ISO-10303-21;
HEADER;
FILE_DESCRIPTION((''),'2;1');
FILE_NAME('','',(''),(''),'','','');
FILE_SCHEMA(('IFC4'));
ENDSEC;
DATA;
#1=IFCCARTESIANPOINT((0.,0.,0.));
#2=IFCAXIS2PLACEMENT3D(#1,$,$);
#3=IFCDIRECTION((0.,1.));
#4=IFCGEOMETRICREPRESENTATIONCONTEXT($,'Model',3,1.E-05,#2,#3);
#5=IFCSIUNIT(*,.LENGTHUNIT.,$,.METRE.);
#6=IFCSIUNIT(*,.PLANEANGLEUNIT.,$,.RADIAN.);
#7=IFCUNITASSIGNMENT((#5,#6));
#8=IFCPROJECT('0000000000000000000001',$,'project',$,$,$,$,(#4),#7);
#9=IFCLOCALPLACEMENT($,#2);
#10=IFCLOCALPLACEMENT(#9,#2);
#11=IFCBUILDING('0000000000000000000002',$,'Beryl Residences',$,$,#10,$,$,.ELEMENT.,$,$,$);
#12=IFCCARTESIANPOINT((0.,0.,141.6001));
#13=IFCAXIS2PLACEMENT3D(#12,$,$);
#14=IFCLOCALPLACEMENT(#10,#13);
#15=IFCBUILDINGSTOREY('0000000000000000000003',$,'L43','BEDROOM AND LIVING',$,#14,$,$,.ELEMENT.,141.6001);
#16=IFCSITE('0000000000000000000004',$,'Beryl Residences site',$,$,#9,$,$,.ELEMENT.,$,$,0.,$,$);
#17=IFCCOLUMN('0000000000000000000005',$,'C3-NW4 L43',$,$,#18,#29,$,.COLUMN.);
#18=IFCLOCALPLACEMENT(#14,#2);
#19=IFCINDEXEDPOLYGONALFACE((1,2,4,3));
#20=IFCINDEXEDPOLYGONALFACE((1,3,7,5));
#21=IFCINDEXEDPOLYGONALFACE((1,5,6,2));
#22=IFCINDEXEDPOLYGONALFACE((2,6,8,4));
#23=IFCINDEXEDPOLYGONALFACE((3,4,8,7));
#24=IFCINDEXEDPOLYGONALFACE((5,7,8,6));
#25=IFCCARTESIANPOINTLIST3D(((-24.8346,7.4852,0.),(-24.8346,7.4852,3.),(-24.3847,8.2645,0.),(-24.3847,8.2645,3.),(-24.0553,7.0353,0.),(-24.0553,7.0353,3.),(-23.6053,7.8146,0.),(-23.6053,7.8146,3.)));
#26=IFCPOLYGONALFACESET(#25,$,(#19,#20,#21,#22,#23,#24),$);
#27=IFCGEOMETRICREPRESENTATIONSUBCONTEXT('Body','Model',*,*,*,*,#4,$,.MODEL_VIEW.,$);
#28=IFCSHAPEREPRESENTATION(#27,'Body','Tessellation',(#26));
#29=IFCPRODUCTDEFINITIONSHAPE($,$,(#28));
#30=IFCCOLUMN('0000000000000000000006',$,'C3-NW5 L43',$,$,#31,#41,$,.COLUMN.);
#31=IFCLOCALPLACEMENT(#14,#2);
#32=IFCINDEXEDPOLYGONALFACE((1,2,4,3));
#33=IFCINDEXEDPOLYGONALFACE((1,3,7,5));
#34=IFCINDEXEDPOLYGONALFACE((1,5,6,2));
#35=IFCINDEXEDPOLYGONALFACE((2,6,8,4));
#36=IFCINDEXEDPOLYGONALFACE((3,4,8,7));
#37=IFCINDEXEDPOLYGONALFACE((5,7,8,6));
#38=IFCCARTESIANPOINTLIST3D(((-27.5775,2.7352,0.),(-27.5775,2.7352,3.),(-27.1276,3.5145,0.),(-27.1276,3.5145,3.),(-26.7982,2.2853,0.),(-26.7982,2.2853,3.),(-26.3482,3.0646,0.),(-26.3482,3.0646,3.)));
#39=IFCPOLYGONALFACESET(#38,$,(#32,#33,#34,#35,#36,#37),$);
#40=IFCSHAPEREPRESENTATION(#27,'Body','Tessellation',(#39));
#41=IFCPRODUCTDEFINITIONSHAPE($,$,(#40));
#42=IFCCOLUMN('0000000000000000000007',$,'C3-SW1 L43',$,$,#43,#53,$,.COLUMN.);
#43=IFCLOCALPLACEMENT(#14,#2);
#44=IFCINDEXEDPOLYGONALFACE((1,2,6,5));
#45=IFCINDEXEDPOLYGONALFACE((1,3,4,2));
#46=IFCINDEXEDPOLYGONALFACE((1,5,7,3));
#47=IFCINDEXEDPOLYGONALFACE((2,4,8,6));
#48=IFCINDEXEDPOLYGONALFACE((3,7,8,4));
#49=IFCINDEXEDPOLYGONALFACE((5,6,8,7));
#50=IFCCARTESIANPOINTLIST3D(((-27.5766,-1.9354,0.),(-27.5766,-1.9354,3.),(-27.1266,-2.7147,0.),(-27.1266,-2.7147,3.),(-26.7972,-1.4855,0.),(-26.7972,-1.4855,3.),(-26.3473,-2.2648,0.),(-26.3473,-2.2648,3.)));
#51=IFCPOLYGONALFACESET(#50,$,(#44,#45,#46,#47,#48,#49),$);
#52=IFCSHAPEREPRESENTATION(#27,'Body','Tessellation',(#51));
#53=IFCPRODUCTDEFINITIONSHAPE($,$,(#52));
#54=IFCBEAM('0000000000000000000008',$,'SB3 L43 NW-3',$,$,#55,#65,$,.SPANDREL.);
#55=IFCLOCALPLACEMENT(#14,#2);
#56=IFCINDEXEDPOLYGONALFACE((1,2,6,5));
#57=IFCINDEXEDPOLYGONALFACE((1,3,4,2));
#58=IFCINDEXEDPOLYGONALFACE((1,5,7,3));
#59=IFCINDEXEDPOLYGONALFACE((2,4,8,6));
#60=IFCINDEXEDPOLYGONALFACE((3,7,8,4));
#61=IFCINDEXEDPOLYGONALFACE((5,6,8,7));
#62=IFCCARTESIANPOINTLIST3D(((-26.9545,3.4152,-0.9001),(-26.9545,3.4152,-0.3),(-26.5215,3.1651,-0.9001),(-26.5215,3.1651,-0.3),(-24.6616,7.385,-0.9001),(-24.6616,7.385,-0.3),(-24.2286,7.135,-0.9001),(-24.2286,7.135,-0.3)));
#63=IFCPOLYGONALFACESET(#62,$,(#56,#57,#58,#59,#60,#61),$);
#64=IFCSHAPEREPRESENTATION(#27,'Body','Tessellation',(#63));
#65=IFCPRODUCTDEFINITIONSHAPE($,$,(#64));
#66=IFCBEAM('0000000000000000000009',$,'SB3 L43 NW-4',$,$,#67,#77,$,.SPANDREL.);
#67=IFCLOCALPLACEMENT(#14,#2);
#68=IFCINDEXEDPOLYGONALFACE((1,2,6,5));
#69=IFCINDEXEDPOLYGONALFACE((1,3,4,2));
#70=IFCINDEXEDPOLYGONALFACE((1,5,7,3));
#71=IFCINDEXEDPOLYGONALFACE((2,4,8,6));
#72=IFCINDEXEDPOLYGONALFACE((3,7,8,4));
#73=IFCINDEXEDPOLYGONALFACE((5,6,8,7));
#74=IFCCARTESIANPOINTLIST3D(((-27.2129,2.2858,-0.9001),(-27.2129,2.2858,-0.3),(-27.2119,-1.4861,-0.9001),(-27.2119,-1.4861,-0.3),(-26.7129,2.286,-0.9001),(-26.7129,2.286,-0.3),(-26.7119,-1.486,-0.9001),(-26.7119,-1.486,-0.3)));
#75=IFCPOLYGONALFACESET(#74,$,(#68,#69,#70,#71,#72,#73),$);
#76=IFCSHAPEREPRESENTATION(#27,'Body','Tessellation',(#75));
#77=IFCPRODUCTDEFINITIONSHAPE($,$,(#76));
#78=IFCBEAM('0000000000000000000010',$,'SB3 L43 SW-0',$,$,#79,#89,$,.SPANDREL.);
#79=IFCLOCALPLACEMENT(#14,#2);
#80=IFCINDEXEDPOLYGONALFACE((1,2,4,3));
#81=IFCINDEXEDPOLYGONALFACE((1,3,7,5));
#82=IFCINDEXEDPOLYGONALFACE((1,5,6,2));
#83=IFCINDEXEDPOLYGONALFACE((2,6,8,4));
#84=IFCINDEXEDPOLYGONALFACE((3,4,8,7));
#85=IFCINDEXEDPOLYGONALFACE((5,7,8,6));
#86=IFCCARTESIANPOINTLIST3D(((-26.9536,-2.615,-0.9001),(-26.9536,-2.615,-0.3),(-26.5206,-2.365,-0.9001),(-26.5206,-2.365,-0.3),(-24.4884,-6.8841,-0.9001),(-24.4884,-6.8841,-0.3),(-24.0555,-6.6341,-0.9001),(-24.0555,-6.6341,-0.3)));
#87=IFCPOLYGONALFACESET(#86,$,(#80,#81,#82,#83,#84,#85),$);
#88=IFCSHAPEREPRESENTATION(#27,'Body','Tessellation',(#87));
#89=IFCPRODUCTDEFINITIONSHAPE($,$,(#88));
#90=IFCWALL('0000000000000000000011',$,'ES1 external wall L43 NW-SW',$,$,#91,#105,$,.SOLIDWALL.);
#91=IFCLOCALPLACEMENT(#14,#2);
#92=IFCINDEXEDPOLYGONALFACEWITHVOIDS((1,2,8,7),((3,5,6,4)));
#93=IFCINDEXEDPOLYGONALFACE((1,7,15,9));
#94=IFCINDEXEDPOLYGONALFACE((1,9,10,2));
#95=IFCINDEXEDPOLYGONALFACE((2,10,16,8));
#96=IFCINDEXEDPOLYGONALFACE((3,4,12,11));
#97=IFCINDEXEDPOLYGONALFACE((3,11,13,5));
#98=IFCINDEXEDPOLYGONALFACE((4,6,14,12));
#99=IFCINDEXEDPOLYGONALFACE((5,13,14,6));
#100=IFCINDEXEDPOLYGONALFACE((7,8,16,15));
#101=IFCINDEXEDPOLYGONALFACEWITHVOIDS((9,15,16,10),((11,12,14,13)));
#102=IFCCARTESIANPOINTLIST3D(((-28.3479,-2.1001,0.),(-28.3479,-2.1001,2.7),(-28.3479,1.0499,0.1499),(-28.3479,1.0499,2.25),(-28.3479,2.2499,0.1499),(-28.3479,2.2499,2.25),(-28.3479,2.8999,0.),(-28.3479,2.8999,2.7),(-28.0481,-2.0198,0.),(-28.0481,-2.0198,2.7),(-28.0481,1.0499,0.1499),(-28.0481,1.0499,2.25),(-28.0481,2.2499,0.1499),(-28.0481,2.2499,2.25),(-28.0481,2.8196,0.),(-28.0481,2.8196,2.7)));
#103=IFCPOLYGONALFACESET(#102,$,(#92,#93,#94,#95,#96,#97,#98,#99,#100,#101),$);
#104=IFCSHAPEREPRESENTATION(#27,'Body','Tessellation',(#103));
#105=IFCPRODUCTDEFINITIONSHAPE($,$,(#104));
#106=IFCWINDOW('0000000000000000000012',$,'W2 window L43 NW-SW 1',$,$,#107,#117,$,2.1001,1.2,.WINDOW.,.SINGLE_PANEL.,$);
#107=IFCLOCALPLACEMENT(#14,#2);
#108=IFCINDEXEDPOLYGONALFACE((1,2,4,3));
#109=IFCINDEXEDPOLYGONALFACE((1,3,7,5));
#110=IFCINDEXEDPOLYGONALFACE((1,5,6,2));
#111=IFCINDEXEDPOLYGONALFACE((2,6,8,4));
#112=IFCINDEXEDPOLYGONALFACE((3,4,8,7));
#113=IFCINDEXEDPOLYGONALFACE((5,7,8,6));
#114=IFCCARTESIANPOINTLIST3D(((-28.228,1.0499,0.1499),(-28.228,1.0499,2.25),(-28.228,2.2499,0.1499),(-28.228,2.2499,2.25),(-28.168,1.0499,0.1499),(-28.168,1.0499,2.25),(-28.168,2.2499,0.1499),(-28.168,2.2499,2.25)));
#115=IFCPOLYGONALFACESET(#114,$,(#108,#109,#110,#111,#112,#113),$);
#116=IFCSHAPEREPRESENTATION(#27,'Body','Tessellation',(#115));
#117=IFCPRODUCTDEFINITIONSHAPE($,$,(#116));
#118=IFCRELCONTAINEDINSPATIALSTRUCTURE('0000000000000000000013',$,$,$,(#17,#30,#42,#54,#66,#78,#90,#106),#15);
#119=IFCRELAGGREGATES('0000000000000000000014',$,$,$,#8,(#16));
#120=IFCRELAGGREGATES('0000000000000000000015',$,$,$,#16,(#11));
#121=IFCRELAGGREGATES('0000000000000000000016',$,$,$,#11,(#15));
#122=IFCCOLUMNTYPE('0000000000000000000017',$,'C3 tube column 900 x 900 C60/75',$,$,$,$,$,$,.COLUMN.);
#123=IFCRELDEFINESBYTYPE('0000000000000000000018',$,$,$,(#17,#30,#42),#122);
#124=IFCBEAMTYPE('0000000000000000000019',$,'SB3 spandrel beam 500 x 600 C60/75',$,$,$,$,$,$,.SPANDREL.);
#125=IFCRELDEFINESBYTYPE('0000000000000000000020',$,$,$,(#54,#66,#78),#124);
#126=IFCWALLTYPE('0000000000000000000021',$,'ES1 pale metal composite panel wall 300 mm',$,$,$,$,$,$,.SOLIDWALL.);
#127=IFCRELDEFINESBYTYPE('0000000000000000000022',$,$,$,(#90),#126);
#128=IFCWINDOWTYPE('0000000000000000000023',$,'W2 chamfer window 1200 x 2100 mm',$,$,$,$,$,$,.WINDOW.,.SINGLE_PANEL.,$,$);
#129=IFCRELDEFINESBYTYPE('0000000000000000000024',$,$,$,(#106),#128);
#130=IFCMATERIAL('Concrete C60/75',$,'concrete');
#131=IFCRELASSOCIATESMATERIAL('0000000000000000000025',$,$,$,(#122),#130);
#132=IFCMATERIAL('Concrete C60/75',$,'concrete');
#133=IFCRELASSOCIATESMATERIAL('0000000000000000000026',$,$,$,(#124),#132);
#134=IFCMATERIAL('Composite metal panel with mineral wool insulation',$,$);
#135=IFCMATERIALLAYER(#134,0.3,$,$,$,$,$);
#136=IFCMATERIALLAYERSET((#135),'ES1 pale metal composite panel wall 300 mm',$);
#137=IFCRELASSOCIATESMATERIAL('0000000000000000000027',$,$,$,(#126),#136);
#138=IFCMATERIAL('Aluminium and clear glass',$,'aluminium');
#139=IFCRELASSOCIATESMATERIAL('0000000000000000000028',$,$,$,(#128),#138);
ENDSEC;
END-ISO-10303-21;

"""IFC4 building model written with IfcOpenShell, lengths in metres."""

from ifc_helpers import new_model, si_unit, direction, frame, frame_2d, origin, origin_2d, place, context, subcontext, project, spatial, polyline, rectangle, outline, extrude, material, layer, layer_set, material_profile, profile_set, type_object, element, fill, save


model = new_model("IFC4")

# Units and contexts
model_context = context("Model", 3, precision=1e-05, world=origin(), true_north=direction((0.0, 1.0)))
body_context = subcontext(model_context, "Body", "Model", "MODEL_VIEW")
ifc_project = project(units=[si_unit("LENGTHUNIT", "METRE"), si_unit("PLANEANGLEUNIT", "RADIAN")], contexts=[model_context])

# Site, building, storey
site_placement = place(None, origin())
site = spatial("IfcSite", under=ifc_project, at=site_placement, Name="Beryl Residences site", CompositionType="ELEMENT", RefElevation=0.0)
building_placement = place(site_placement, origin())
building = spatial("IfcBuilding", under=site, at=building_placement, Name="Beryl Residences", CompositionType="ELEMENT")
storey_placement = place(building_placement, frame((0.0, 0.0, 141.6001)))
storey = spatial("IfcBuildingStorey", under=building, at=storey_placement, Name="L43", Description="BEDROOM AND LIVING", CompositionType="ELEMENT", Elevation=141.6001)

# Columns
ifc_material_1 = material(Name="Concrete C60/75", Category="concrete")
ifc_material_profile_1 = material_profile(ifc_material_1, rectangle(XDim=0.8999, YDim=0.8999, at=origin_2d()))
ifc_profile_set_1 = profile_set([ifc_material_profile_1], Name="Concrete C60/75")
column_type = type_object("IfcColumnType", Name="C3 tube column 900 x 900 C60/75", PredefinedType="COLUMN", material=ifc_profile_set_1)
for number, where, z_axis, x_axis, name in (
    (1, (-24.22, 7.6499, 0.0), (0.0, 0.0, 1.0), (-0.5, -0.866025, 0.0), "C3-NW4 L43"),
    (2, (-26.9629, 2.8999, 0.0), (0.0, 0.0, 1.0), (-0.5, -0.866025, 0.0), "C3-NW5 L43"),
    (3, (-26.9619, -2.1001, 0.0), (0.0, 0.0, 1.0), (0.5, -0.866025, 0.0), "C3-SW1 L43"),
):
    element("IfcColumn", number, at=place(storey_placement, frame(where, z_axis=z_axis, x_axis=x_axis)), inside=storey, type_object=column_type, Name=name, PredefinedType="COLUMN", context=body_context, shape_type="SweptSolid", body=[
        extrude(rectangle(XDim=0.8999, YDim=0.8999, at=origin_2d()), origin(), (0.0, 0.0, 1.0), 3.0),
    ])

# Beams
ifc_material_2 = material(Name="Concrete C60/75", Category="concrete")
ifc_material_profile_2 = material_profile(ifc_material_2, rectangle(XDim=0.5, YDim=0.6001, at=origin_2d()))
ifc_profile_set_2 = profile_set([ifc_material_profile_2], Name="Concrete C60/75")
beam_type = type_object("IfcBeamType", Name="SB3 spandrel beam 500 x 600 C60/75", PredefinedType="SPANDREL", material=ifc_profile_set_2)
beam_1_placement = place(storey_placement, frame((-24.4451, 7.26, -0.6001), z_axis=(-0.500148, -0.86594, 0.0), x_axis=(0.86594, -0.500148, 0.0)))
element("IfcBeam", 4, at=beam_1_placement, inside=storey, type_object=beam_type, Name="SB3 L43 NW-3", PredefinedType="SPANDREL", context=body_context, shape_type="SweptSolid", body=[
    extrude(rectangle(XDim=0.5, YDim=0.6001, at=origin_2d()), origin(), (0.0, 0.0, 1.0), 4.5845),
])
beam_2_placement = place(storey_placement, frame((-26.9629, 2.2859, -0.6001), z_axis=(0.000259, -1.0, 0.0), x_axis=(1.0, 0.000259, 0.0)))
element("IfcBeam", 5, at=beam_2_placement, inside=storey, type_object=beam_type, Name="SB3 L43 NW-4", PredefinedType="SPANDREL", context=body_context, shape_type="SweptSolid", body=[
    extrude(rectangle(XDim=0.5, YDim=0.6001, at=origin_2d()), origin(), (0.0, 0.0, 1.0), 3.772),
])
beam_3_placement = place(storey_placement, frame((-26.7371, -2.49, -0.6001), z_axis=(0.500054, -0.865994, 0.0), x_axis=(0.865994, 0.500054, 0.0)))
element("IfcBeam", 6, at=beam_3_placement, inside=storey, type_object=beam_type, Name="SB3 L43 SW-0", PredefinedType="SPANDREL", context=body_context, shape_type="SweptSolid", body=[
    extrude(rectangle(XDim=0.5, YDim=0.6001, at=origin_2d()), origin(), (0.0, 0.0, 1.0), 4.9297),
])

# Wall, opening, window
ifc_material_3 = material(Name="Composite metal panel with mineral wool insulation")
ifc_layer_1 = layer(ifc_material_3, 0.3)
ifc_layer_set_1 = layer_set([ifc_layer_1], Name="ES1 pale metal composite panel wall 300 mm")
wall_type_1 = type_object("IfcWallType", Name="ES1 pale metal composite panel wall 300 mm", PredefinedType="SOLIDWALL", material=ifc_layer_set_1)
wall_1_placement = place(storey_placement, frame((-28.198, 2.8999, 0.0), z_axis=(0.0, 0.0, 1.0), x_axis=(0.0, -1.0, 0.0)))
wall_1 = element("IfcWall", 7, at=wall_1_placement, inside=storey, type_object=wall_type_1, Name="ES1 external wall L43 NW-SW", PredefinedType="SOLIDWALL", context=body_context, shape_type="SweptSolid", body=[
    extrude(outline(polyline([(0.0, -0.1499), (5.0, -0.1499), (4.9197, 0.1499), (0.0803, 0.1499), (0.0, -0.1499)])), origin(), (0.0, 0.0, 1.0), 2.7),
])
opening_1_placement = place(wall_1_placement, frame((0.6499, 0.0, 0.1499)))
opening_1 = element("IfcOpeningElement", 8, at=opening_1_placement, cuts=wall_1, PredefinedType="OPENING", context=body_context, shape_type="SweptSolid", body=[
    extrude(rectangle(XDim=1.2, YDim=2.1001, at=frame_2d((0.6001, 1.05))), frame((0.0, 0.1599, 0.0), z_axis=(0.0, -1.0, 0.0), x_axis=(1.0, 0.0, 0.0)), (0.0, 0.0, 1.0), 0.3201),
])
ifc_material_4 = material(Name="Aluminium and clear glass", Category="aluminium")
window_type_1 = type_object("IfcWindowType", Name="W2 chamfer window 1200 x 2100 mm", PartitioningType="SINGLE_PANEL", PredefinedType="WINDOW", material=ifc_material_4)
window_1_placement = place(opening_1_placement, origin())
window_1 = element("IfcWindow", 9, at=window_1_placement, inside=storey, type_object=window_type_1, Name="W2 window L43 NW-SW 1", OverallHeight=2.1001, OverallWidth=1.2, PartitioningType="SINGLE_PANEL", PredefinedType="WINDOW", context=body_context, shape_type="SweptSolid", body=[
    extrude(rectangle(XDim=1.2, YDim=2.1001, at=frame_2d((0.6001, 1.05))), frame((0.0, 0.03, 0.0), z_axis=(0.0, -1.0, 0.0), x_axis=(1.0, 0.0, 0.0)), (0.0, 0.0, 1.0), 0.0601),
])
fill(opening_1, window_1)

save(model, "model.ifc")
